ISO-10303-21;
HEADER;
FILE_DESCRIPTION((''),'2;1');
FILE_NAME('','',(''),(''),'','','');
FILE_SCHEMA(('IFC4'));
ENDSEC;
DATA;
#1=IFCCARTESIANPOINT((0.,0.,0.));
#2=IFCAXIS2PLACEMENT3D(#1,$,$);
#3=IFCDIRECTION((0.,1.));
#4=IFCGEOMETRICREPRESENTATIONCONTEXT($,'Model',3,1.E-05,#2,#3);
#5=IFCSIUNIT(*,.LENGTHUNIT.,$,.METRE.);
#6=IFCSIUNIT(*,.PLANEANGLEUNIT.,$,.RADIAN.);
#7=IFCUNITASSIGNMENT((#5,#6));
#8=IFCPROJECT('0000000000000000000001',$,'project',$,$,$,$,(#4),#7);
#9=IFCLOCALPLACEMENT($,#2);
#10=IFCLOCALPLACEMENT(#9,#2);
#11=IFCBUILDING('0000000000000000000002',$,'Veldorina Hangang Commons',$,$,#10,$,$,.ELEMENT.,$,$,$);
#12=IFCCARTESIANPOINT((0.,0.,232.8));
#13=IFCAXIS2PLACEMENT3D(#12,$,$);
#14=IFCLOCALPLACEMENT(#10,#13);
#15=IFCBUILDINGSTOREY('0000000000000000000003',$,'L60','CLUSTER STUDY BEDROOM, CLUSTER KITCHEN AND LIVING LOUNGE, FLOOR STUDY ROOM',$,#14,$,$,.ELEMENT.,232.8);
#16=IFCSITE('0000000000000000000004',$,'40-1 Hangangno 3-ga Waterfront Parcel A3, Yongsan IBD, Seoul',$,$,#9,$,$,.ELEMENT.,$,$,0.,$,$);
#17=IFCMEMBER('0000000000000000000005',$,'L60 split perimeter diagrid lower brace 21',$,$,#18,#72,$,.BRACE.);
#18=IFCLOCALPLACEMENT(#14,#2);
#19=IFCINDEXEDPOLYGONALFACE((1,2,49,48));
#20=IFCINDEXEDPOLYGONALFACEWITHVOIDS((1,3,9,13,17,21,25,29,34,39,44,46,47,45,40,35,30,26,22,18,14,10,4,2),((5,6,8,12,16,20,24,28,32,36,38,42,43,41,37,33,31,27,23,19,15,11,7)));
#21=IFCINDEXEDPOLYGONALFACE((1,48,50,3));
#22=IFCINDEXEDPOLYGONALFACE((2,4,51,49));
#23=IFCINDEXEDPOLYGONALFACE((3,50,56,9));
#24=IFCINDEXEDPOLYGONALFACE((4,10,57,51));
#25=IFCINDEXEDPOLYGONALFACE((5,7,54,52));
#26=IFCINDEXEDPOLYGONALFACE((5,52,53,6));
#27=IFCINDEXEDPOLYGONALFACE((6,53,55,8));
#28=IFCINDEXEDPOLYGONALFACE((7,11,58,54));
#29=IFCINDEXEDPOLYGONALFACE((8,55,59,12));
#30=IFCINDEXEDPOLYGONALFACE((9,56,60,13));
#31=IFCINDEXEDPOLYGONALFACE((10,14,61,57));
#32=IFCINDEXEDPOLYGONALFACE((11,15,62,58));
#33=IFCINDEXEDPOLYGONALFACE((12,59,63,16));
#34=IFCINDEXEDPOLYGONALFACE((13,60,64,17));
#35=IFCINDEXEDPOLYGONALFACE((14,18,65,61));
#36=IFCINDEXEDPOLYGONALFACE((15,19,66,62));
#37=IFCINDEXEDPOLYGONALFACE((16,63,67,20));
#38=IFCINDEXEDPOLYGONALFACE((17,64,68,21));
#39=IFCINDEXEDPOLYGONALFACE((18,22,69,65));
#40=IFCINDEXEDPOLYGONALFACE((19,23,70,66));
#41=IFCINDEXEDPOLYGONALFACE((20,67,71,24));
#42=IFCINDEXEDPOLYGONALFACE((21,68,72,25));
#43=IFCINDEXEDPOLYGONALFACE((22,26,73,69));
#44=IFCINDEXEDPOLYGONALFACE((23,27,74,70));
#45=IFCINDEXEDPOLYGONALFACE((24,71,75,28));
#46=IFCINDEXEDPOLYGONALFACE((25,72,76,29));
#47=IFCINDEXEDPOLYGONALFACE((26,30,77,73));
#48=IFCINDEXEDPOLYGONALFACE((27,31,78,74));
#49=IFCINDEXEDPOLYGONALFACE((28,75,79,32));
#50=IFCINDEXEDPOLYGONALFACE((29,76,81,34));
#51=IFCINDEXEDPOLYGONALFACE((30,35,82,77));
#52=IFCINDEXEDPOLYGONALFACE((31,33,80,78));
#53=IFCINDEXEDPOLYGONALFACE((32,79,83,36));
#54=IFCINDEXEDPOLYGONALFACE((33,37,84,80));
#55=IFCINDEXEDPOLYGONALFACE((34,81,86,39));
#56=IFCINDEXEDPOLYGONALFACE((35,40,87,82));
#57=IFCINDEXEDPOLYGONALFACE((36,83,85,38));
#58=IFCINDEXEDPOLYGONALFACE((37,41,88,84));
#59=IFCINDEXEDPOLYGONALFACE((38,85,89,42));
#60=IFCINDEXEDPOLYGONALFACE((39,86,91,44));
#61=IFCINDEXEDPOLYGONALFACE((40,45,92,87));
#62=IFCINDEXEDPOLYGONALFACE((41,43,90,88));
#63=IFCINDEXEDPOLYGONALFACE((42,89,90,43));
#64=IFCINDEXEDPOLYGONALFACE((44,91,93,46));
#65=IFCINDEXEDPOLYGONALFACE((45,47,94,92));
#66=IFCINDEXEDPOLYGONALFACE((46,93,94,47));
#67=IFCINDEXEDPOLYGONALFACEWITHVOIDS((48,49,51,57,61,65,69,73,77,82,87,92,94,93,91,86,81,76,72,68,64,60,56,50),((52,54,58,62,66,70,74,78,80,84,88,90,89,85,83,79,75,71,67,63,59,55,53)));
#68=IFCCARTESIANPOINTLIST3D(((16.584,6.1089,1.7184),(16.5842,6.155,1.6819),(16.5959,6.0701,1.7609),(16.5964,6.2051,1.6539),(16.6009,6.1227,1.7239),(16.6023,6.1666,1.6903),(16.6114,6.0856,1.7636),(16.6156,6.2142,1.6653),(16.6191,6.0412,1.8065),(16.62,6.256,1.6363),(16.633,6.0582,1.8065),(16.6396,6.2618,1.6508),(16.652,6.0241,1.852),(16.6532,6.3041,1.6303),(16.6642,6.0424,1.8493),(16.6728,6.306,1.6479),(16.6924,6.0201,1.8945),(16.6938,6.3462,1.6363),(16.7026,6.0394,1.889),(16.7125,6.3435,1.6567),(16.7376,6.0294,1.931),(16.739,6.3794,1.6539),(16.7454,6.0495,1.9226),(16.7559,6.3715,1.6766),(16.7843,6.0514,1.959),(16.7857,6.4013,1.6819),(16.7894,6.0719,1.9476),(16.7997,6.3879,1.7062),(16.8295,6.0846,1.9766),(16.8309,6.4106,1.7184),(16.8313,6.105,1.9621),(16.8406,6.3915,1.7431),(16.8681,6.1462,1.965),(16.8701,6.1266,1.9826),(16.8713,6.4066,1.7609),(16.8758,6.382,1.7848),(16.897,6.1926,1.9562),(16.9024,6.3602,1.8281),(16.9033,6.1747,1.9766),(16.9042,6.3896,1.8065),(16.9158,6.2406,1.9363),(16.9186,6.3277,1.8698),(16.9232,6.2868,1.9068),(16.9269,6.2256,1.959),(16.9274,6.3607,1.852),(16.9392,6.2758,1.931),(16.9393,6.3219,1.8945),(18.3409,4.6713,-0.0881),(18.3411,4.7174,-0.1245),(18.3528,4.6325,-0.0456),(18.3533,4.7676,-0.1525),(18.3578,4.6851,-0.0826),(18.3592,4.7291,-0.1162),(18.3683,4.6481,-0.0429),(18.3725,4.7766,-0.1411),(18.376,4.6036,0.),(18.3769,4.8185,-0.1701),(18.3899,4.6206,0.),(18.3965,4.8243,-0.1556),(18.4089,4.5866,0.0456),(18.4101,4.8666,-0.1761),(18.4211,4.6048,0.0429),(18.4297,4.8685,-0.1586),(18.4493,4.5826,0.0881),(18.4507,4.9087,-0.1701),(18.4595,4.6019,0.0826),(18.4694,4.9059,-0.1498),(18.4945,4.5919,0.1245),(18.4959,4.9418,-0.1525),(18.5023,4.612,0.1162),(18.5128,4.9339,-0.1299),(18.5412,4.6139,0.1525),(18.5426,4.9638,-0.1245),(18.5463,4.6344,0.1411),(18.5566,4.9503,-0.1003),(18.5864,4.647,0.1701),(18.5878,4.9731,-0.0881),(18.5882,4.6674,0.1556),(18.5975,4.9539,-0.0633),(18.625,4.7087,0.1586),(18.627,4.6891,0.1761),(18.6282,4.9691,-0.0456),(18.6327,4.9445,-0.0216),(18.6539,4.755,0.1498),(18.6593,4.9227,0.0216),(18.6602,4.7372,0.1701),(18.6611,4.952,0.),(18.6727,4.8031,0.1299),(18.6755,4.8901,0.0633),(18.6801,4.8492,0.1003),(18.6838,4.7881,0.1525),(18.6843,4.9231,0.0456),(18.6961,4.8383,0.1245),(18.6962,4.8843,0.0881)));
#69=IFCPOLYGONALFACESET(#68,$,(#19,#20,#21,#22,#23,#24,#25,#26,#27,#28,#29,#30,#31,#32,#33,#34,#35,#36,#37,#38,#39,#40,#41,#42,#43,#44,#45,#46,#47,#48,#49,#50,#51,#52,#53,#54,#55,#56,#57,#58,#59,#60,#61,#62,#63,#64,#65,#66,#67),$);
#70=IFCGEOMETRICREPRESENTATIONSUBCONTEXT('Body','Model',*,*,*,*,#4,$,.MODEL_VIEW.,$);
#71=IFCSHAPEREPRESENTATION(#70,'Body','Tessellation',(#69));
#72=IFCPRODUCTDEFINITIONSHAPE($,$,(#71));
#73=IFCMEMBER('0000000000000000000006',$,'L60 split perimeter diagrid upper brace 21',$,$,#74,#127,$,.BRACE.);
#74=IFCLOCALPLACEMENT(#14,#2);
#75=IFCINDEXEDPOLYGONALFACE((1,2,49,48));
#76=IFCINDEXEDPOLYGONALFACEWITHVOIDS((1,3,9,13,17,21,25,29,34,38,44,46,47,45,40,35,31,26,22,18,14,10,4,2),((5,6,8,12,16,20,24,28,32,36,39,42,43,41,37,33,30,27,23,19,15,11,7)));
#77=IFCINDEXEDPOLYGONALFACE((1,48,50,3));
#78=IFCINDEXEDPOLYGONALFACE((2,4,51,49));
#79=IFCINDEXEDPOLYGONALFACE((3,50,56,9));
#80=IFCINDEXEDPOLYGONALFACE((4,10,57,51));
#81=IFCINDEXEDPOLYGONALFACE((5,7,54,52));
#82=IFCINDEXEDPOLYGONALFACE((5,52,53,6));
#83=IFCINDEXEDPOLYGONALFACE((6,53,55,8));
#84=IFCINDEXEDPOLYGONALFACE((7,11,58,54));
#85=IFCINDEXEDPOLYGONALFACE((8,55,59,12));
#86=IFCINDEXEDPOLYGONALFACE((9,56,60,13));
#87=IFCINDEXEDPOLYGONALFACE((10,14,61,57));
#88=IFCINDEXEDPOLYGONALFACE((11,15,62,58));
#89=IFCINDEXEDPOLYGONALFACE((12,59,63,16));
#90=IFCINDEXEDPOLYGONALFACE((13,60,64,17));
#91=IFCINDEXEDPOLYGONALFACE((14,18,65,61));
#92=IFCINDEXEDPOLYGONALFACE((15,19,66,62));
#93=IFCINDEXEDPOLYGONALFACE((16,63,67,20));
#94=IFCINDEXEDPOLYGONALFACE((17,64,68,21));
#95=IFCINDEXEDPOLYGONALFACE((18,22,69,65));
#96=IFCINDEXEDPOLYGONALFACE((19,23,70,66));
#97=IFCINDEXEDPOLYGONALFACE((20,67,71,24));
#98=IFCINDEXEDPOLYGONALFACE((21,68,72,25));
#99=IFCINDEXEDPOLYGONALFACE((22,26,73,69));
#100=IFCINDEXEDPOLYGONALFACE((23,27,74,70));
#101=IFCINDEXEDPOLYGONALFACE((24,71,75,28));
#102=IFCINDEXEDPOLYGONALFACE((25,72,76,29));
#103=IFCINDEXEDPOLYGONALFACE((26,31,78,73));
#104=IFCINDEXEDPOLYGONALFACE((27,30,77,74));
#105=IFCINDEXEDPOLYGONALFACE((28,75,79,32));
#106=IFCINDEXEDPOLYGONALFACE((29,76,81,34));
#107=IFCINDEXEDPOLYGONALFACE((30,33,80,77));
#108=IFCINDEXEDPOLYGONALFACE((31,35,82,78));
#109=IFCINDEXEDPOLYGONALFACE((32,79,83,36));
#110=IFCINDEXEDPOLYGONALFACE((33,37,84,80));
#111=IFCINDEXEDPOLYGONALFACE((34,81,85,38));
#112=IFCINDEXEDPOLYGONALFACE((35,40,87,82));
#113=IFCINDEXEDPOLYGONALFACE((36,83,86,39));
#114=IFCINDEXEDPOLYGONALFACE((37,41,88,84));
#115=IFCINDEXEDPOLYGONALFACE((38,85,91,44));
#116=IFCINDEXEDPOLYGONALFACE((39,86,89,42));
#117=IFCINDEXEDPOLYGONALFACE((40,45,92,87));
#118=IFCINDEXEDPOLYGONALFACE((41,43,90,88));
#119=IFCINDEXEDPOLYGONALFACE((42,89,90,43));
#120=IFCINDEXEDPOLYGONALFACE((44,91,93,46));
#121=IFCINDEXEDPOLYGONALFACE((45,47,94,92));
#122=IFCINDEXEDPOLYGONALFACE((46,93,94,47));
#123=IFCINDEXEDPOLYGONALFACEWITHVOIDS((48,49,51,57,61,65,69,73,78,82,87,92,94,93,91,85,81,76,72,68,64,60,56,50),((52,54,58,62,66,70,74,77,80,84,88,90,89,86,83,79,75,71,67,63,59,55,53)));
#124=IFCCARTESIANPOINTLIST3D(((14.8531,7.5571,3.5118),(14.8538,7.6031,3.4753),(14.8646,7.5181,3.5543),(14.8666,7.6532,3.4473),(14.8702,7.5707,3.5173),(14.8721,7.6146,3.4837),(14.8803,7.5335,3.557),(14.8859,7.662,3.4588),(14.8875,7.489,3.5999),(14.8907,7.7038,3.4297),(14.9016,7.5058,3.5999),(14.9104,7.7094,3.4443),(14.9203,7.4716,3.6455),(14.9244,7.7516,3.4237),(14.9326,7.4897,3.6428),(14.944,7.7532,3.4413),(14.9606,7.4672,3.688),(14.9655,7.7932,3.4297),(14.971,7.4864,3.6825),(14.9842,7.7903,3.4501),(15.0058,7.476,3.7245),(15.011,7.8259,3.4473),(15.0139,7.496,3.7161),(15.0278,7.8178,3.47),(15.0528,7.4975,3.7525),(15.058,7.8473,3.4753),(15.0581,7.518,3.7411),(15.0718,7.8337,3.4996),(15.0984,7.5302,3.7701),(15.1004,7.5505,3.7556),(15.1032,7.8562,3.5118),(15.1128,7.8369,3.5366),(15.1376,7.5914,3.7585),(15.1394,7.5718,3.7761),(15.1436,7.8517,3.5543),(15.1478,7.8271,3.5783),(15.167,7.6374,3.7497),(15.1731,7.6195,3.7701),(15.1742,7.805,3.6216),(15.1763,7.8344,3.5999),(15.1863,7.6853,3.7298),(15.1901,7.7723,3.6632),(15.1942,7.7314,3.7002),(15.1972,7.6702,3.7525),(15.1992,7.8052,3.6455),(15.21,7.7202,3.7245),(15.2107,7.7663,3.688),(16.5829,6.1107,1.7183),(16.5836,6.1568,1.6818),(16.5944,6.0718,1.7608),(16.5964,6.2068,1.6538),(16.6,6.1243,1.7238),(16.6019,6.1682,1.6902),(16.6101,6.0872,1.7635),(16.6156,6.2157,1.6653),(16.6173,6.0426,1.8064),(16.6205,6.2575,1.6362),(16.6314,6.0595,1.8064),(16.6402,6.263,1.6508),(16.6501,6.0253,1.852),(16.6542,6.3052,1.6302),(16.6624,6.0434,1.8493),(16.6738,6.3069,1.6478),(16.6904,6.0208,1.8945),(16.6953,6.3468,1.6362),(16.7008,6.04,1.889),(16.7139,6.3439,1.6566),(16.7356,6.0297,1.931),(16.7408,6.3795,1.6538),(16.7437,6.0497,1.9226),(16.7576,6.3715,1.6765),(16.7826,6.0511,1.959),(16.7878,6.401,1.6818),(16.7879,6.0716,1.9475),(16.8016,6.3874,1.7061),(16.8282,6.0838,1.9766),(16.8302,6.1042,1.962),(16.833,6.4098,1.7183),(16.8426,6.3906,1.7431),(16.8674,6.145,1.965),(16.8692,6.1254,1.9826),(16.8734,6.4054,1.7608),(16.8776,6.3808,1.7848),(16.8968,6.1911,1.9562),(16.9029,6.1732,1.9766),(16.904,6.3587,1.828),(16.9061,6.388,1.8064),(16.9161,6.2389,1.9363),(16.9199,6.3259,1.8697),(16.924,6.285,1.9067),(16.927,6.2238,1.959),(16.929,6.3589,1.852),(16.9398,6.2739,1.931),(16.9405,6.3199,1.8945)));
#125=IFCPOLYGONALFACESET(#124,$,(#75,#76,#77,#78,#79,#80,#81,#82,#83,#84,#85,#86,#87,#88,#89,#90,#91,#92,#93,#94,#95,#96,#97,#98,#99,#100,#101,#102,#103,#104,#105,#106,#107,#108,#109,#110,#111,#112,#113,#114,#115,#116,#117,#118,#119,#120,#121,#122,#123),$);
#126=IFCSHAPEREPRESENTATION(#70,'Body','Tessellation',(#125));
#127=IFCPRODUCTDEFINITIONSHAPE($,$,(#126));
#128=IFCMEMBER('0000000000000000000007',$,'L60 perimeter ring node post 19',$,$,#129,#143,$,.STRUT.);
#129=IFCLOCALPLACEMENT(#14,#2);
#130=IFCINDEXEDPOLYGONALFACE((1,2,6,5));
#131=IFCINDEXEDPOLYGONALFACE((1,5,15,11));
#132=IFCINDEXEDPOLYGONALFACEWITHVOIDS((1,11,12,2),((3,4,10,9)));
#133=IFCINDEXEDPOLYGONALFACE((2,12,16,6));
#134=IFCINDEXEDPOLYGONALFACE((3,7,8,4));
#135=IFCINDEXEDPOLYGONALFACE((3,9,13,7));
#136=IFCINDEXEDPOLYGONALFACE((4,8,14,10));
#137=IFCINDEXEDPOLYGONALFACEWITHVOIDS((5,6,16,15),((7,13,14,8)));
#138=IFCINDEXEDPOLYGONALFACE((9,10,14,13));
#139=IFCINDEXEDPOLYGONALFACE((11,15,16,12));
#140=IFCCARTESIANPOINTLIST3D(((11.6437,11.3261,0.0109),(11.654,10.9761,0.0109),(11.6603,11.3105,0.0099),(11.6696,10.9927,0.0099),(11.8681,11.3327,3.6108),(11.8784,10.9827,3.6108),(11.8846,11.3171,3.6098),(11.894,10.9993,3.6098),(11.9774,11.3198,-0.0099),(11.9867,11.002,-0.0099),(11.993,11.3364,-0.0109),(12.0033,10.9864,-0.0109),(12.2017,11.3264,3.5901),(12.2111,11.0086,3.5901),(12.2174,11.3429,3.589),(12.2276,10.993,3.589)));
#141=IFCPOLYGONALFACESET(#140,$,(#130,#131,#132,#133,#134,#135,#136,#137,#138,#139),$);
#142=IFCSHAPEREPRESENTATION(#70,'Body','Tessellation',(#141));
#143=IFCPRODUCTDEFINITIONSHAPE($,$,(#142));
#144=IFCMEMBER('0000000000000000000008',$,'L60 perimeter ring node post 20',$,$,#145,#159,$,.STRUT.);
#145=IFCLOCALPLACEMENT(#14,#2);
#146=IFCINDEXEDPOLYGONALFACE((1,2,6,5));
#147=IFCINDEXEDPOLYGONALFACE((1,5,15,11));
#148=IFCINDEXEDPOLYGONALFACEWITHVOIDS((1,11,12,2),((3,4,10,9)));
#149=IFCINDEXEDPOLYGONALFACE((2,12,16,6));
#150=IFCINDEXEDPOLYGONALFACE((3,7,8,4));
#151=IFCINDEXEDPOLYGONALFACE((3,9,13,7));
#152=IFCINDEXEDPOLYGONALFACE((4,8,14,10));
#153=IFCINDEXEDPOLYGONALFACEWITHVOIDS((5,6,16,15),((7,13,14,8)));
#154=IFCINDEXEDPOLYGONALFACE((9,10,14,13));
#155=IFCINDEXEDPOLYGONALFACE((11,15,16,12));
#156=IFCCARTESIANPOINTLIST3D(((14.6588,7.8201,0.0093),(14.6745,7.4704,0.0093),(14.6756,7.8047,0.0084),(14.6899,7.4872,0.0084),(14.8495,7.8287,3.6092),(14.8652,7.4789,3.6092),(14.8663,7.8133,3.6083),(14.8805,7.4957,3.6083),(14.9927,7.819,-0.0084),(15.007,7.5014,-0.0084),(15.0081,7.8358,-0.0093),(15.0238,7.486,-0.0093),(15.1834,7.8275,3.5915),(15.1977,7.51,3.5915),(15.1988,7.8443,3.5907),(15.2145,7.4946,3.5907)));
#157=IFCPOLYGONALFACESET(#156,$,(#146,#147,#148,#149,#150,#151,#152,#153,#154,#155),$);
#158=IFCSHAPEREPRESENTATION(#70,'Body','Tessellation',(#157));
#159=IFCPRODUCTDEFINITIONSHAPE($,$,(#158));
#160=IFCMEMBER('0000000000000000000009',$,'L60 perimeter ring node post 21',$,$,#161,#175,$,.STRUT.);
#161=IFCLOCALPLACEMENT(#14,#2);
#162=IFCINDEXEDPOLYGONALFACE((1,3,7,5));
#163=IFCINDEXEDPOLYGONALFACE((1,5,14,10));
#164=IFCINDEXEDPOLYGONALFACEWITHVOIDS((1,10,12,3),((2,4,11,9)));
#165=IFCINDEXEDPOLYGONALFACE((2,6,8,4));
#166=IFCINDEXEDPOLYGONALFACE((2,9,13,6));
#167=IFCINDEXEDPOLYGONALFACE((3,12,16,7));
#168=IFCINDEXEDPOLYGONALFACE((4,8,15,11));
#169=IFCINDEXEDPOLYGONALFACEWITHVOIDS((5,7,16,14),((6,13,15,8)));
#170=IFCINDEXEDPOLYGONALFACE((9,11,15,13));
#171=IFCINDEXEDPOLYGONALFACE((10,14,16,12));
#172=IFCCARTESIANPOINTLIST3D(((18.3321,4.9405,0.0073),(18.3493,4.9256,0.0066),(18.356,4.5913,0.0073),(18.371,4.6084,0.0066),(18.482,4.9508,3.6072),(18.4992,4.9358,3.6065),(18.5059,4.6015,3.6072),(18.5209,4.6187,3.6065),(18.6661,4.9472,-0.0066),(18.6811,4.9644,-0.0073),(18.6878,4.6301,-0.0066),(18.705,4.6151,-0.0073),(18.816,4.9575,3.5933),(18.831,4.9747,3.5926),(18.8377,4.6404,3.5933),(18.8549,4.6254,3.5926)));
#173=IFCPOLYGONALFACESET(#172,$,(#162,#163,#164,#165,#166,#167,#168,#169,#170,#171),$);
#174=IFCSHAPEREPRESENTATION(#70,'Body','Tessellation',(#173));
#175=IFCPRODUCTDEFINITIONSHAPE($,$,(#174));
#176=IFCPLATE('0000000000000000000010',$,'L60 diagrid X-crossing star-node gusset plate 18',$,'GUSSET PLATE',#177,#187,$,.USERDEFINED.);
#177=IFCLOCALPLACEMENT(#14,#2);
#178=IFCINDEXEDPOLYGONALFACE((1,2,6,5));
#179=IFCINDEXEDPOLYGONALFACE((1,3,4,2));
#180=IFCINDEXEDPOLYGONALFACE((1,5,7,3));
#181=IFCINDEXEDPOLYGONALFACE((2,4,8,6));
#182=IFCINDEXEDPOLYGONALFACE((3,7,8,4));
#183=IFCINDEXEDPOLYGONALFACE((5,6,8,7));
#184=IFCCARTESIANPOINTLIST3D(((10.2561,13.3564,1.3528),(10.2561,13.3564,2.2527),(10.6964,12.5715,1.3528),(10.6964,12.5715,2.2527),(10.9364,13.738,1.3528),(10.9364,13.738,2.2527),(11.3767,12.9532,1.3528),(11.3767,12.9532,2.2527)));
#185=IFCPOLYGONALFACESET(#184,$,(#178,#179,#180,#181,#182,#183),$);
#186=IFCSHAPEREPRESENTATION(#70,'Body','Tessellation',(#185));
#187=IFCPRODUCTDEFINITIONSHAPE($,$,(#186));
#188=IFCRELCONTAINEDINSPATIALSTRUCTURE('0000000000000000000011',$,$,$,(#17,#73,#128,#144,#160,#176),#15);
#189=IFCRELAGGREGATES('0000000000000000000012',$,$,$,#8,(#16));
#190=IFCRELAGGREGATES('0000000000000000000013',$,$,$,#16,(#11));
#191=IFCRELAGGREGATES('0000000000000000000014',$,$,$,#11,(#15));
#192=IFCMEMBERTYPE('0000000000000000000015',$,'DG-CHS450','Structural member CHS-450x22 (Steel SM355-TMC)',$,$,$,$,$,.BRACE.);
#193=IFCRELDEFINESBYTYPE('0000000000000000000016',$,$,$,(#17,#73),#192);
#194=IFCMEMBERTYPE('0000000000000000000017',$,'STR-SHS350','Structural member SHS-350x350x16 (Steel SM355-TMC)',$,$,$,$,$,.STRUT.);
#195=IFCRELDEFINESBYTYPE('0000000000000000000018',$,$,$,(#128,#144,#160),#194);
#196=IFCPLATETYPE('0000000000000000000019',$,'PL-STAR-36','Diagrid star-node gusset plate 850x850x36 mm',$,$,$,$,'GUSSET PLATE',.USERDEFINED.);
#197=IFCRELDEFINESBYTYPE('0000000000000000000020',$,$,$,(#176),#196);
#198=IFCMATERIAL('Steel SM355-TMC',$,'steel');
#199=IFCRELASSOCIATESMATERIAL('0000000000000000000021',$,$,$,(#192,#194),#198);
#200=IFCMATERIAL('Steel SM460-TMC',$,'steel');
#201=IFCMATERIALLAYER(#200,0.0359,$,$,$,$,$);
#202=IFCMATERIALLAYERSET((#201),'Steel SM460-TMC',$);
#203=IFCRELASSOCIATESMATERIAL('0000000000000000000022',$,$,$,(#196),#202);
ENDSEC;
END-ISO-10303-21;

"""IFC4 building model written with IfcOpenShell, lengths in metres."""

from ifc_helpers import new_model, si_unit, direction, frame, origin, origin_2d, place, context, subcontext, project, spatial, rectangle, hollow_rectangle, hollow_circle, extrude, material, layer, layer_set, material_profile, profile_set, type_object, element, save


model = new_model("IFC4")

# Units and contexts
model_context = context("Model", 3, precision=1e-05, world=origin(), true_north=direction((0.0, 1.0)))
body_context = subcontext(model_context, "Body", "Model", "MODEL_VIEW")
ifc_project = project(units=[si_unit("LENGTHUNIT", "METRE"), si_unit("PLANEANGLEUNIT", "RADIAN")], contexts=[model_context])

# Site, building, storey
site_placement = place(None, origin())
site = spatial("IfcSite", under=ifc_project, at=site_placement, Name="40-1 Hangangno 3-ga Waterfront Parcel A3, Yongsan IBD, Seoul", CompositionType="ELEMENT", RefElevation=0.0)
building_placement = place(site_placement, origin())
building = spatial("IfcBuilding", under=site, at=building_placement, Name="Veldorina Hangang Commons", CompositionType="ELEMENT")
storey_placement = place(building_placement, frame((0.0, 0.0, 232.8)))
storey = spatial("IfcBuildingStorey", under=building, at=storey_placement, Name="L60", Description="CLUSTER STUDY BEDROOM, CLUSTER KITCHEN AND LIVING LOUNGE, FLOOR STUDY ROOM", CompositionType="ELEMENT", Elevation=232.8)

# Shared definitions
ifc_material_1 = material(Name="Steel SM355-TMC", Category="steel")

# Members
ifc_material_profile_1 = material_profile(ifc_material_1, hollow_circle(Radius=0.2251, WallThickness=0.022, at=origin_2d()), Name="CHS-450x22")
ifc_profile_set_1 = profile_set([ifc_material_profile_1], Name="Steel SM355-TMC")
member_type_1 = type_object("IfcMemberType", Name="DG-CHS450", Description="Structural member CHS-450x22 (Steel SM355-TMC)", PredefinedType="BRACE", material=ifc_profile_set_1)
member_1_placement = place(storey_placement, frame((18.5186, 4.7778, 0.0), z_axis=(-0.605591, 0.495514, 0.622675), x_axis=(-0.633261, -0.773938, 0.0)))
element("IfcMember", 1, at=member_1_placement, inside=storey, type_object=member_type_1, Name="L60 split perimeter diagrid lower brace 21", PredefinedType="BRACE", context=body_context, shape_type="SweptSolid", body=[
    extrude(hollow_circle(Radius=0.2251, WallThickness=0.022, at=origin_2d()), origin(), (0.0, 0.0, 1.0), 2.9011),
])
member_2_placement = place(storey_placement, frame((16.7617, 6.2153, 1.8064), z_axis=(-0.600392, 0.502007, 0.622509), x_axis=(-0.641451, -0.767164, 0.0)))
element("IfcMember", 2, at=member_2_placement, inside=storey, type_object=member_type_1, Name="L60 split perimeter diagrid upper brace 21", PredefinedType="BRACE", context=body_context, shape_type="SweptSolid", body=[
    extrude(hollow_circle(Radius=0.2251, WallThickness=0.022, at=origin_2d()), origin(), (0.0, 0.0, 1.0), 2.8811),
])
ifc_material_profile_2 = material_profile(ifc_material_1, hollow_rectangle(XDim=0.3501, YDim=0.3501, WallThickness=0.0161, at=origin_2d()), Name="SHS-350x350x16")
ifc_profile_set_2 = profile_set([ifc_material_profile_2], Name="Steel SM355-TMC")
member_type_2 = type_object("IfcMemberType", Name="STR-SHS350", Description="Structural member SHS-350x350x16 (Steel SM355-TMC)", PredefinedType="STRUT", material=ifc_profile_set_2)
member_3_placement = place(storey_placement, frame((11.8235, 11.1562, 0.0), z_axis=(0.062205, 0.001828, 0.998062), x_axis=(-0.029367, 0.999569, 0.0)))
element("IfcMember", 3, at=member_3_placement, inside=storey, type_object=member_type_2, Name="L60 perimeter ring node post 19", PredefinedType="STRUT", context=body_context, shape_type="SweptSolid", body=[
    extrude(hollow_rectangle(XDim=0.3501, YDim=0.3501, WallThickness=0.0161, at=origin_2d()), origin(), (0.0, 0.0, 1.0), 3.6069),
])
member_4_placement = place(storey_placement, frame((14.8413, 7.6531, 0.0), z_axis=(0.052893, 0.00237, 0.998597), x_axis=(-0.044769, 0.998997, 0.0)))
element("IfcMember", 4, at=member_4_placement, inside=storey, type_object=member_type_2, Name="L60 perimeter ring node post 20", PredefinedType="STRUT", context=body_context, shape_type="SweptSolid", body=[
    extrude(hollow_rectangle(XDim=0.3501, YDim=0.3501, WallThickness=0.0161, at=origin_2d()), origin(), (0.0, 0.0, 1.0), 3.605),
])
member_5_placement = place(storey_placement, frame((18.5186, 4.7778, 0.0), z_axis=(0.041605, 0.002846, 0.99913), x_axis=(-0.068244, 0.997669, 0.0)))
element("IfcMember", 5, at=member_5_placement, inside=storey, type_object=member_type_2, Name="L60 perimeter ring node post 21", PredefinedType="STRUT", context=body_context, shape_type="SweptSolid", body=[
    extrude(hollow_rectangle(XDim=0.3501, YDim=0.3501, WallThickness=0.0161, at=origin_2d()), origin(), (0.0, 0.0, 1.0), 3.603),
])

# Plate
ifc_material_2 = material(Name="Steel SM460-TMC", Category="steel")
ifc_layer_1 = layer(ifc_material_2, 0.0359)
ifc_layer_set_1 = layer_set([ifc_layer_1], Name="Steel SM460-TMC")
plate_type = type_object("IfcPlateType", Name="PL-STAR-36", Description="Diagrid star-node gusset plate 850x850x36 mm", ElementType="GUSSET PLATE", PredefinedType="USERDEFINED", material=ifc_layer_set_1)
plate_1_placement = place(storey_placement, frame((10.8164, 13.1548, 1.3528), z_axis=(0.0, 0.0, 1.0), x_axis=(0.489306, -0.872112, 0.0)))
element("IfcPlate", 6, at=plate_1_placement, inside=storey, type_object=plate_type, Name="L60 diagrid X-crossing star-node gusset plate 18", ObjectType="GUSSET PLATE", PredefinedType="USERDEFINED", context=body_context, shape_type="SweptSolid", body=[
    extrude(rectangle(XDim=0.8999, YDim=0.78, at=origin_2d()), origin(), (0.0, 0.0, 1.0), 0.8999),
])

save(model, "model.ifc")
